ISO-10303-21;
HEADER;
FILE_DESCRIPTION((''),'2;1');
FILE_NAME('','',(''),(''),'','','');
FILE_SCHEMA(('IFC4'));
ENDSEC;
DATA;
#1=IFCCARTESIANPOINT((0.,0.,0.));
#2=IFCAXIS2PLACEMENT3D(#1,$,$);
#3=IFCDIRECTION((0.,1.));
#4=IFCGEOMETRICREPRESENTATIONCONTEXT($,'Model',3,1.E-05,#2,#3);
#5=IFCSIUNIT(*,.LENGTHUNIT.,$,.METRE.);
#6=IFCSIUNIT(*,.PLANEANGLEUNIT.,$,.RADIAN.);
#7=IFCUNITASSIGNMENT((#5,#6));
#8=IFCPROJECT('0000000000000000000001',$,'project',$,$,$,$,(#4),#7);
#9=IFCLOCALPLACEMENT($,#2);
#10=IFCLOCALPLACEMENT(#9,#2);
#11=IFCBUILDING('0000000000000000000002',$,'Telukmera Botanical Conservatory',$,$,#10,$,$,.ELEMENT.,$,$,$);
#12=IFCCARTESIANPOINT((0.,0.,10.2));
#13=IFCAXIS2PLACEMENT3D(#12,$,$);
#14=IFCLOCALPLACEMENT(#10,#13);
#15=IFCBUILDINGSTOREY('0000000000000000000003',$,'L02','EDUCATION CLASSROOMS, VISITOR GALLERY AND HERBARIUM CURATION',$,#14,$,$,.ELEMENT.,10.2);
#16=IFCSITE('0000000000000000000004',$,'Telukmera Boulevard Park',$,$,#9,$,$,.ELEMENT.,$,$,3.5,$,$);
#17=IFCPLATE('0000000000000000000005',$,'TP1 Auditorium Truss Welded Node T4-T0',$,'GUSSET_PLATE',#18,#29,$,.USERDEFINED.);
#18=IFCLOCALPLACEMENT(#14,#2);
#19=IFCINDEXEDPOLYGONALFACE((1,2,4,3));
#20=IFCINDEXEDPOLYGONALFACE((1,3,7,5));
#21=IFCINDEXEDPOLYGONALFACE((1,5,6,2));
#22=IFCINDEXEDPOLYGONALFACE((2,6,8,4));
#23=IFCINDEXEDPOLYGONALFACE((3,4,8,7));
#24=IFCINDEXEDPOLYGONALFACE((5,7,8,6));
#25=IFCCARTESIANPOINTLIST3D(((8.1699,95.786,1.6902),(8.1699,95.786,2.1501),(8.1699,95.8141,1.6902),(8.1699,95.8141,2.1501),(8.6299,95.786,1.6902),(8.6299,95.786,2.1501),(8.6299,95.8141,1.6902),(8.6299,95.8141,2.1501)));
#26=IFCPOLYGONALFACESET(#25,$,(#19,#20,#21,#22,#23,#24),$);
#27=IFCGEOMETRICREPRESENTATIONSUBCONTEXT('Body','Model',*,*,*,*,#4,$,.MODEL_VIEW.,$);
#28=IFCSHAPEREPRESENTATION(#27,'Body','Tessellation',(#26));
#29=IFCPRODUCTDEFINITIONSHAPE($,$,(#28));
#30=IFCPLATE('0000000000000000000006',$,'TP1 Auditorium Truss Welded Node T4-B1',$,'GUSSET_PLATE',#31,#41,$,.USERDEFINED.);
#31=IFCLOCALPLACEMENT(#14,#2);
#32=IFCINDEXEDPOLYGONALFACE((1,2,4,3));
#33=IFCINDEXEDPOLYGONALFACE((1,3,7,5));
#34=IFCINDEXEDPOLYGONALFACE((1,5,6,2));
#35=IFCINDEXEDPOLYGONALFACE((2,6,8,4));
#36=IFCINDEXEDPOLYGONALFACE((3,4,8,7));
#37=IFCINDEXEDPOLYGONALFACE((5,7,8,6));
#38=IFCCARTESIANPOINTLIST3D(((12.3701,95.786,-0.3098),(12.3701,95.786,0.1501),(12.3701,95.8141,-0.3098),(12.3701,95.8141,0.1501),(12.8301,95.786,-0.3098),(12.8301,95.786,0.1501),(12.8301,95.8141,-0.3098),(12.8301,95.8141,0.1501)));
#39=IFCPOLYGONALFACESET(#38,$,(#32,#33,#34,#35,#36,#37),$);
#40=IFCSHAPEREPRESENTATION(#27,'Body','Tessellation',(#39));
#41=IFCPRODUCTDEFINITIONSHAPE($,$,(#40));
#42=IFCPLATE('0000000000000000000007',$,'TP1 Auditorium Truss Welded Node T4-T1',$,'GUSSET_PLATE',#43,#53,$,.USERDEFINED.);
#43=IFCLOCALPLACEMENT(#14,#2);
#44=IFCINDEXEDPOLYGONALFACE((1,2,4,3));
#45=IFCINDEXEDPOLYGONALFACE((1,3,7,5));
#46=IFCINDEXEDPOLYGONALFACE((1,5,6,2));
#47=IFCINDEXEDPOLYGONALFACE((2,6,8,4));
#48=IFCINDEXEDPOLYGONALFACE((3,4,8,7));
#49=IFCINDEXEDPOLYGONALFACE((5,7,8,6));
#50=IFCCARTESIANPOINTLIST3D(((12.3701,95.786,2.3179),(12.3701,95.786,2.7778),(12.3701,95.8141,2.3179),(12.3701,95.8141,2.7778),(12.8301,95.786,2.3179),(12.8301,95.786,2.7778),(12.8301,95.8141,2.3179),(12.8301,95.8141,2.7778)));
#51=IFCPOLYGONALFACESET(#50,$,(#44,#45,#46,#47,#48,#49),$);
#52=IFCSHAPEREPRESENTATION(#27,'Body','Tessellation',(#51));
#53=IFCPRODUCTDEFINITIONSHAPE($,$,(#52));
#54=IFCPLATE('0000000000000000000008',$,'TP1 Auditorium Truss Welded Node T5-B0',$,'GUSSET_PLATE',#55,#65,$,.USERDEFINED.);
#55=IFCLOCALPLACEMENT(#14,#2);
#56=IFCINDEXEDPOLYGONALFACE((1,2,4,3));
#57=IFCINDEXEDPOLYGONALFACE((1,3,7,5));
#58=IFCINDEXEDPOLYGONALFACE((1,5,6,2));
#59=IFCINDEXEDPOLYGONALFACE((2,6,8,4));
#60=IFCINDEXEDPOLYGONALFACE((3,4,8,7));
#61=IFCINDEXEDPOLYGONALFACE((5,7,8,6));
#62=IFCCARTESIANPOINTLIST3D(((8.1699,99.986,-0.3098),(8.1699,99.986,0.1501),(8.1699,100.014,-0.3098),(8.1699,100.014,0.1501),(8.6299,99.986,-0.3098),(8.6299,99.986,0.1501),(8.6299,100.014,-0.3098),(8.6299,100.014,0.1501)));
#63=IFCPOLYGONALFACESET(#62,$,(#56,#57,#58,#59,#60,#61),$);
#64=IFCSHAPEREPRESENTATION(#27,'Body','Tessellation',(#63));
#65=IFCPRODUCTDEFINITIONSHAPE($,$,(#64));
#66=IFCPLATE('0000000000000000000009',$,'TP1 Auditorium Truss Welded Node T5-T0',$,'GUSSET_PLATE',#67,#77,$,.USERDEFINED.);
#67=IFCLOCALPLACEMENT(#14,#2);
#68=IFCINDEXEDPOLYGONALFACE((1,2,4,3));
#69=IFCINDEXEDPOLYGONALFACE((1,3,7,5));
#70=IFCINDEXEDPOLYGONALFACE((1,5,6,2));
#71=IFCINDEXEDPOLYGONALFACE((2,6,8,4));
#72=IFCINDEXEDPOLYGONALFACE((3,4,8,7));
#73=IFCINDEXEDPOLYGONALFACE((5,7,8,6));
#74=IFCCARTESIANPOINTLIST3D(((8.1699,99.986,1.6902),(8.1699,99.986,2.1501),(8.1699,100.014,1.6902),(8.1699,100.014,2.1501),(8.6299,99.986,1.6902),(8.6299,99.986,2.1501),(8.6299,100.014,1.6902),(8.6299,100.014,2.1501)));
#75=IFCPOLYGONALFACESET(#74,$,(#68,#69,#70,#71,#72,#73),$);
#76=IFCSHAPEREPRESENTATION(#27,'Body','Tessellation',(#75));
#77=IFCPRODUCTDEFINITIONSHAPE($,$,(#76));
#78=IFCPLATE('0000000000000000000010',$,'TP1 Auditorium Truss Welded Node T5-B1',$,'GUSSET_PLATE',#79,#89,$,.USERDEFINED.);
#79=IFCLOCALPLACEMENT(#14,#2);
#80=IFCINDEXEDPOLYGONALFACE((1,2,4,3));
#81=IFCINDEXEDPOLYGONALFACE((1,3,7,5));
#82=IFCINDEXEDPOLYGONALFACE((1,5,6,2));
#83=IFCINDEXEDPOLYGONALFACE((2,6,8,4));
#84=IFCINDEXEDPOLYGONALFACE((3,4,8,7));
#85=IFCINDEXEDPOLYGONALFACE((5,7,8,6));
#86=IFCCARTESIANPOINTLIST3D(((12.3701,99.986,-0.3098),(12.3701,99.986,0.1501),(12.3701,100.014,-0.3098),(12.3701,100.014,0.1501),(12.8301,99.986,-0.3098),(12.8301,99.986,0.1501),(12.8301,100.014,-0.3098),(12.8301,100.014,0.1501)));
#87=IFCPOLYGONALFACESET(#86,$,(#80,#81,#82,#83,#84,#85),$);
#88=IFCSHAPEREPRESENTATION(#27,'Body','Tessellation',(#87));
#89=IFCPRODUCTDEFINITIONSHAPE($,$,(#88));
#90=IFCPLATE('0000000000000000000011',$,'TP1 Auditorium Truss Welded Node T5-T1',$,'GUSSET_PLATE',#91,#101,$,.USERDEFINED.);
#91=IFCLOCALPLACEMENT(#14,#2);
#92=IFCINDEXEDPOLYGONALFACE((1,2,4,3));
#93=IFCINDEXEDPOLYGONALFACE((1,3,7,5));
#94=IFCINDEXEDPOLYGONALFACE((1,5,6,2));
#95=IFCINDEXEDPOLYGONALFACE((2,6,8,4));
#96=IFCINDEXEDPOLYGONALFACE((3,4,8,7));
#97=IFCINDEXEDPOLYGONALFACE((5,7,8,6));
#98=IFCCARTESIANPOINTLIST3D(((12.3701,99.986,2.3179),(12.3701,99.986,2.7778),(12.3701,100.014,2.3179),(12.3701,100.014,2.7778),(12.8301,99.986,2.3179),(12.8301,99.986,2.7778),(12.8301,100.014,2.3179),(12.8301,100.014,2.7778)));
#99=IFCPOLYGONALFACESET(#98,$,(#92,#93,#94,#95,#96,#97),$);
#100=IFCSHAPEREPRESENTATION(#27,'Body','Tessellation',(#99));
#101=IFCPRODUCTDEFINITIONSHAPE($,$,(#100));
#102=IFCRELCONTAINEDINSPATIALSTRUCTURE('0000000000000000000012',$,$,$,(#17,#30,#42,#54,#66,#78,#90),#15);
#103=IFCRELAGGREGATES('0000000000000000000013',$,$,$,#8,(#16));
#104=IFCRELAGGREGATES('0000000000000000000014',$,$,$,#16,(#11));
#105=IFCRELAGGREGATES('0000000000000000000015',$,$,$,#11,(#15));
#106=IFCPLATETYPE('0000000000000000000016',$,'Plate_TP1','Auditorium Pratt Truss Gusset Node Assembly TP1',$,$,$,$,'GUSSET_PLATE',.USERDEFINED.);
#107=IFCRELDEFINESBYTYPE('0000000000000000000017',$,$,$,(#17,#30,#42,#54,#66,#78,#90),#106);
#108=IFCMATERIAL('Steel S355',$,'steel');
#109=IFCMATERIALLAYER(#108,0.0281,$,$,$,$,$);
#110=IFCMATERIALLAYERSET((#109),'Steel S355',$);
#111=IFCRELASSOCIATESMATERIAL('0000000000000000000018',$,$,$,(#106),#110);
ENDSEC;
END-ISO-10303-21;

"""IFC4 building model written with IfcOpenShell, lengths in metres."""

from ifc_helpers import new_model, si_unit, direction, frame, origin, origin_2d, place, context, subcontext, project, spatial, rectangle, extrude, material, layer, layer_set, type_object, element, save


model = new_model("IFC4")

# Units and contexts
model_context = context("Model", 3, precision=1e-05, world=origin(), true_north=direction((0.0, 1.0)))
body_context = subcontext(model_context, "Body", "Model", "MODEL_VIEW")
ifc_project = project(units=[si_unit("LENGTHUNIT", "METRE"), si_unit("PLANEANGLEUNIT", "RADIAN")], contexts=[model_context])

# Site, building, storey
site_placement = place(None, origin())
site = spatial("IfcSite", under=ifc_project, at=site_placement, Name="Telukmera Boulevard Park", CompositionType="ELEMENT", RefElevation=3.5)
building_placement = place(site_placement, origin())
building = spatial("IfcBuilding", under=site, at=building_placement, Name="Telukmera Botanical Conservatory", CompositionType="ELEMENT")
storey_placement = place(building_placement, frame((0.0, 0.0, 10.2)))
storey = spatial("IfcBuildingStorey", under=building, at=storey_placement, Name="L02", Description="EDUCATION CLASSROOMS, VISITOR GALLERY AND HERBARIUM CURATION", CompositionType="ELEMENT", Elevation=10.2)

# Shared definitions
ifc_material_1 = material(Name="Steel S355", Category="steel")

# Plates
ifc_layer_1 = layer(ifc_material_1, 0.0281)
ifc_layer_set_1 = layer_set([ifc_layer_1], Name="Steel S355")
plate_type_1 = type_object("IfcPlateType", Name="Plate_TP1", Description="Auditorium Pratt Truss Gusset Node Assembly TP1", ElementType="GUSSET_PLATE", PredefinedType="USERDEFINED", material=ifc_layer_set_1)
for number, where, z_axis, x_axis, name in (
    (1, (8.3999, 95.8, 1.6902), (0.0, 0.0, 1.0), (1.0, 0.0, 0.0), "TP1 Auditorium Truss Welded Node T4-T0"),
    (2, (12.6001, 95.8, -0.3098), (0.0, 0.0, 1.0), (1.0, 0.0, 0.0), "TP1 Auditorium Truss Welded Node T4-B1"),
    (3, (12.6001, 95.8, 2.3179), (0.0, 0.0, 1.0), (1.0, 0.0, 0.0), "TP1 Auditorium Truss Welded Node T4-T1"),
    (4, (8.3999, 100.0, -0.3098), (0.0, 0.0, 1.0), (1.0, 0.0, 0.0), "TP1 Auditorium Truss Welded Node T5-B0"),
    (5, (8.3999, 100.0, 1.6902), (0.0, 0.0, 1.0), (1.0, 0.0, 0.0), "TP1 Auditorium Truss Welded Node T5-T0"),
    (6, (12.6001, 100.0, -0.3098), (0.0, 0.0, 1.0), (1.0, 0.0, 0.0), "TP1 Auditorium Truss Welded Node T5-B1"),
    (7, (12.6001, 100.0, 2.3179), (0.0, 0.0, 1.0), (1.0, 0.0, 0.0), "TP1 Auditorium Truss Welded Node T5-T1"),
):
    element("IfcPlate", number, at=place(storey_placement, frame(where, z_axis=z_axis, x_axis=x_axis)), inside=storey, type_object=plate_type_1, Name=name, ObjectType="GUSSET_PLATE", PredefinedType="USERDEFINED", context=body_context, shape_type="SweptSolid", body=[
        extrude(rectangle(XDim=0.46, YDim=0.0281, at=origin_2d()), origin(), (0.0, 0.0, 1.0), 0.46),
    ])

save(model, "model.ifc")
